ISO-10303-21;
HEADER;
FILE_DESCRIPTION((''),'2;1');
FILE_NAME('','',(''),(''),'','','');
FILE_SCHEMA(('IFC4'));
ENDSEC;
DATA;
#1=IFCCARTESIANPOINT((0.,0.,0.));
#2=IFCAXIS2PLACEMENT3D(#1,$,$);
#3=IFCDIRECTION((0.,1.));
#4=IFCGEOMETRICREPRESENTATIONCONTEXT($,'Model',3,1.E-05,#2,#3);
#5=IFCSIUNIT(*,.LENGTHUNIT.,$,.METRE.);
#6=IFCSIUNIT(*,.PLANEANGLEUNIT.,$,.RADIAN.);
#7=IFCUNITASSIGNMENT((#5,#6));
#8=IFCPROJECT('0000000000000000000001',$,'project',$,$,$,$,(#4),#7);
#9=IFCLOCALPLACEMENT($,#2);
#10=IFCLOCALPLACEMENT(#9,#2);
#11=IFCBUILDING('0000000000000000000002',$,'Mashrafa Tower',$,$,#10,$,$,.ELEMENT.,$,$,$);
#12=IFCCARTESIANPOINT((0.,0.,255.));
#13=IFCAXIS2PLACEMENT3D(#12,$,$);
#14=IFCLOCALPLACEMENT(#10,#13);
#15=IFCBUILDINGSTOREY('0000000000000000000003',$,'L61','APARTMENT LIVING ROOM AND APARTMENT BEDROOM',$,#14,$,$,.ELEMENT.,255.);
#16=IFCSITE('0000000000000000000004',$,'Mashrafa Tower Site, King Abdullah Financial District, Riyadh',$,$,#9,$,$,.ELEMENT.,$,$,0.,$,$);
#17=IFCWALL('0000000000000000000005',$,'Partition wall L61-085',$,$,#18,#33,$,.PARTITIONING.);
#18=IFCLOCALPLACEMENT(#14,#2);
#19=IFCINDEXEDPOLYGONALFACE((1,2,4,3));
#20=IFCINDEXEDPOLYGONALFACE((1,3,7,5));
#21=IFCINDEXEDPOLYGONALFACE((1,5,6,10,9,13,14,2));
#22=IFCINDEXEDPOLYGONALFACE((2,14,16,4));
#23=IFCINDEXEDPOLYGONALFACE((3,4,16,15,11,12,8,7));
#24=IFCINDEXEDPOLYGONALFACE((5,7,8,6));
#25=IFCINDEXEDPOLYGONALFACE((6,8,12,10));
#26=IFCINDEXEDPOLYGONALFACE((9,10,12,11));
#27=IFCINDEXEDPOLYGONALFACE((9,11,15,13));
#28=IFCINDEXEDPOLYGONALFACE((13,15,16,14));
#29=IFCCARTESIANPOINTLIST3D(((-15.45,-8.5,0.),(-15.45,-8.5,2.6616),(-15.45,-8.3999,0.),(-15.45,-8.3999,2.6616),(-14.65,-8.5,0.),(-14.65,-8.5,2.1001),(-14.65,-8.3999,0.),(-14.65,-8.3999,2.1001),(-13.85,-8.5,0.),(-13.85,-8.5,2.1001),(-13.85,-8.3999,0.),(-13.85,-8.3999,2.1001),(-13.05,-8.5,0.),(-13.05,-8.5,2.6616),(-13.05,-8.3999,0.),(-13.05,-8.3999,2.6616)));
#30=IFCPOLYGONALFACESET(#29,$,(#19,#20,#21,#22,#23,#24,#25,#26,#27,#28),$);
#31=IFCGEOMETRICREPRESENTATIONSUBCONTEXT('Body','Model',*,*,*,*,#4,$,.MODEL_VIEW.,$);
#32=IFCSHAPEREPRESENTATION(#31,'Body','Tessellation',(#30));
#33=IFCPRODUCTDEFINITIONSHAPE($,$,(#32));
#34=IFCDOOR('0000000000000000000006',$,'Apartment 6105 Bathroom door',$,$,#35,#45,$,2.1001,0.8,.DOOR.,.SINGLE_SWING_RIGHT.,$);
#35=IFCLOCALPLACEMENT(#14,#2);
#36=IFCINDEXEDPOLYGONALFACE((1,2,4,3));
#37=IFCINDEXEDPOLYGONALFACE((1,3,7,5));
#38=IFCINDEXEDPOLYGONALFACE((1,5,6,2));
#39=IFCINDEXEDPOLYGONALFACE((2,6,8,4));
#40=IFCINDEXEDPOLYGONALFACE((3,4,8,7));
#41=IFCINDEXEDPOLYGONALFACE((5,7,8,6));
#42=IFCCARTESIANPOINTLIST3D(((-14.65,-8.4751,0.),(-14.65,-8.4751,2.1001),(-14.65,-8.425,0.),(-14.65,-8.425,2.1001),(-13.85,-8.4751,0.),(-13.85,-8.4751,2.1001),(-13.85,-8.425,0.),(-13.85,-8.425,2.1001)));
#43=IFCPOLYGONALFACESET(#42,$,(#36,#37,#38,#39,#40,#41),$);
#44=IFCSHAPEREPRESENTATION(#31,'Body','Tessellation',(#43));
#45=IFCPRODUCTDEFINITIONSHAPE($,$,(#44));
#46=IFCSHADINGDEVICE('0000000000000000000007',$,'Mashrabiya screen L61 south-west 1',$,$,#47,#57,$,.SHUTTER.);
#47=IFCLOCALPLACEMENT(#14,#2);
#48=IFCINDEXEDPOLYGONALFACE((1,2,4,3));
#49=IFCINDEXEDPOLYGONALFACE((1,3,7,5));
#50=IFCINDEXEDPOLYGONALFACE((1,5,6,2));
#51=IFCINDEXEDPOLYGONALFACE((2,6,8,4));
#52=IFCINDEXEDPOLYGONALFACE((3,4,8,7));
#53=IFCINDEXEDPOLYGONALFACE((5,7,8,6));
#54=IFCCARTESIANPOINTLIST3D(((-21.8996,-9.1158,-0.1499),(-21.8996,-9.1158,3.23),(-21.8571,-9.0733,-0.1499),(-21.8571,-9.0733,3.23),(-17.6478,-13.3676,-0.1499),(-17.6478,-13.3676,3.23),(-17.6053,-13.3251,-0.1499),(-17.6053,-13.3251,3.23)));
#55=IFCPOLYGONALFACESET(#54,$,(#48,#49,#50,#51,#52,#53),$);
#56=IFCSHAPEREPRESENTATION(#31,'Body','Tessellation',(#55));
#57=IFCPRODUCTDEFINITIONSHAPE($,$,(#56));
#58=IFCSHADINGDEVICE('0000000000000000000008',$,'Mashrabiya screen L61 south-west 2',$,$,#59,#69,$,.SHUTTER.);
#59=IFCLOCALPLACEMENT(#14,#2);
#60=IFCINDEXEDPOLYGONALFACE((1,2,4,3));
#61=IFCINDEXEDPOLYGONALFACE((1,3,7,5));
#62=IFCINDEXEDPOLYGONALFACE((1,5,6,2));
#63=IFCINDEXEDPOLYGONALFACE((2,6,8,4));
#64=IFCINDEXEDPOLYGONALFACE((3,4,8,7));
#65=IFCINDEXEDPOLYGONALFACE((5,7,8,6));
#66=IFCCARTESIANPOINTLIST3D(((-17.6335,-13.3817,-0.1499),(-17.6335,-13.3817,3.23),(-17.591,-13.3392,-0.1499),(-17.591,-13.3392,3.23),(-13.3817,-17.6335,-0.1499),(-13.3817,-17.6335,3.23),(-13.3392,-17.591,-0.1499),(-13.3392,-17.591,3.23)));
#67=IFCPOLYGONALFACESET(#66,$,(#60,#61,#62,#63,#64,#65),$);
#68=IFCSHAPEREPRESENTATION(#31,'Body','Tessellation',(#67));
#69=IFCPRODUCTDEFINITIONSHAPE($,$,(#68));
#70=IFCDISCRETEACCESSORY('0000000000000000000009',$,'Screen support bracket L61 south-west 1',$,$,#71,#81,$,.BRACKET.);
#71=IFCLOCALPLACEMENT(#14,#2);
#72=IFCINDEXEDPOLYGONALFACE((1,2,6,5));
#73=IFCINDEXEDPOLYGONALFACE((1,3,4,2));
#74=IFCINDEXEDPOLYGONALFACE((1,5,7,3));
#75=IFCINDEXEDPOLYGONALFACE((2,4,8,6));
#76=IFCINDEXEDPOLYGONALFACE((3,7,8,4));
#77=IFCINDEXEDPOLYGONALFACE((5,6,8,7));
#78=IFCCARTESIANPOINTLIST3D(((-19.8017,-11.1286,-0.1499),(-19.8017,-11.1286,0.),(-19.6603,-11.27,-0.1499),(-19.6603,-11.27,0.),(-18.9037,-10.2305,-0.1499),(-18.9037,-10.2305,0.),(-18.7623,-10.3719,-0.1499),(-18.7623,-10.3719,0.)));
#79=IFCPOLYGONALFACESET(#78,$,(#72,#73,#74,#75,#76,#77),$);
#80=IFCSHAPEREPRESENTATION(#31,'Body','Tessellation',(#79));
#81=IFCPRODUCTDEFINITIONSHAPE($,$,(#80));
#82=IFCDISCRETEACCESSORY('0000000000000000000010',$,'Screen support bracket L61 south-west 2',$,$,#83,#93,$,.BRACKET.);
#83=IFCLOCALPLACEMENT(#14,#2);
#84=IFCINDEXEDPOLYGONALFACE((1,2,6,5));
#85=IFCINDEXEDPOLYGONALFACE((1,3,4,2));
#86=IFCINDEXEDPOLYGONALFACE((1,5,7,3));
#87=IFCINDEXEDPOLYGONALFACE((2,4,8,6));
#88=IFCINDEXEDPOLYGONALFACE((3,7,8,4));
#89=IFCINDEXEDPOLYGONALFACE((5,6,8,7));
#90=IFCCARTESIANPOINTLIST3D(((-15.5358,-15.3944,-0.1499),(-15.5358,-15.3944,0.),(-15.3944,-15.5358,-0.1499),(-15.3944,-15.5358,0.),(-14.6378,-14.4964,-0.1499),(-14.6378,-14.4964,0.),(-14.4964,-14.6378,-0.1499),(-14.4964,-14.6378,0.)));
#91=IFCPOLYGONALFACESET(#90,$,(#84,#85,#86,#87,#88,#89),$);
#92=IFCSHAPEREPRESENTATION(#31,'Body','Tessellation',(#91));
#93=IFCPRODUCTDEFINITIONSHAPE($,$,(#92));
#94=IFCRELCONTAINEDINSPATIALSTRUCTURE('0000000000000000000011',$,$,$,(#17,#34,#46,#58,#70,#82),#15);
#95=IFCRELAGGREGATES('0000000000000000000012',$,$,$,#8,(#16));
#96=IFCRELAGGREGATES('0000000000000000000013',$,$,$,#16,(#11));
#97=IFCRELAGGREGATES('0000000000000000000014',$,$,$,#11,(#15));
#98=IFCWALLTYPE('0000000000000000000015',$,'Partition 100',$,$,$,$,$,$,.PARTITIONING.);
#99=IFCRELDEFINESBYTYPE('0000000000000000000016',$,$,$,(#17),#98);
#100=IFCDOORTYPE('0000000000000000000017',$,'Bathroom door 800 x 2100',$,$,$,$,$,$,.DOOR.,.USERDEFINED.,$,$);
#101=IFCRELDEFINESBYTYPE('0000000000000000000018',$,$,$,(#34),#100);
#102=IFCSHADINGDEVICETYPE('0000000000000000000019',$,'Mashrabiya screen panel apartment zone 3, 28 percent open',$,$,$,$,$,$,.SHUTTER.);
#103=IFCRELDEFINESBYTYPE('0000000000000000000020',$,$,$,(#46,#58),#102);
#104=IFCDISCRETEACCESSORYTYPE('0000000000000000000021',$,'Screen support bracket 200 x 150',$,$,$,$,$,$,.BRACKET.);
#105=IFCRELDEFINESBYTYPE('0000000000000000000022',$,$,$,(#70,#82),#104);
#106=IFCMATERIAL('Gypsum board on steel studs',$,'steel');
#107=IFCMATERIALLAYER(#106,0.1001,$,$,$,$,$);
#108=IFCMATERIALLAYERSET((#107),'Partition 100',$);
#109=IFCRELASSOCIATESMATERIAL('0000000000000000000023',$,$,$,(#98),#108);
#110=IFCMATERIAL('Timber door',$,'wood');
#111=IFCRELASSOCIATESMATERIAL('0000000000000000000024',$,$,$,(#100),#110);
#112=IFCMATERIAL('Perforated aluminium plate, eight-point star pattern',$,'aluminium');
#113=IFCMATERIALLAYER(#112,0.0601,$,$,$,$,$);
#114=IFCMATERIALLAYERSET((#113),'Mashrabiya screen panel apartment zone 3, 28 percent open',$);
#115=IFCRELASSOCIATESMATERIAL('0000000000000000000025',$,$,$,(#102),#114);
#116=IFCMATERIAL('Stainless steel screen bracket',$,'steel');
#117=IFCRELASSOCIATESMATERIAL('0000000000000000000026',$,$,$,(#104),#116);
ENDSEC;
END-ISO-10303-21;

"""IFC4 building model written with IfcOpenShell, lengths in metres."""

from ifc_helpers import new_model, si_unit, direction, frame, frame_2d, origin, origin_2d, place, context, subcontext, project, spatial, rectangle, extrude, source, transform, mapped, material, layer, layer_set, type_object, type_shapes, element, fill, save


model = new_model("IFC4")

# Units and contexts
model_context = context("Model", 3, precision=1e-05, world=origin(), true_north=direction((0.0, 1.0)))
body_context = subcontext(model_context, "Body", "Model", "MODEL_VIEW")
ifc_project = project(units=[si_unit("LENGTHUNIT", "METRE"), si_unit("PLANEANGLEUNIT", "RADIAN")], contexts=[model_context])

# Site, building, storey
site_placement = place(None, origin())
site = spatial("IfcSite", under=ifc_project, at=site_placement, Name="Mashrafa Tower Site, King Abdullah Financial District, Riyadh", CompositionType="ELEMENT", RefElevation=0.0)
building_placement = place(site_placement, origin())
building = spatial("IfcBuilding", under=site, at=building_placement, Name="Mashrafa Tower", CompositionType="ELEMENT")
storey_placement = place(building_placement, frame((0.0, 0.0, 255.0)))
storey = spatial("IfcBuildingStorey", under=building, at=storey_placement, Name="L61", Description="APARTMENT LIVING ROOM AND APARTMENT BEDROOM", CompositionType="ELEMENT", Elevation=255.0)

# Shared definitions
ifc_material_1 = material(Name="Gypsum board on steel studs", Category="steel")
ifc_layer_1 = layer(ifc_material_1, 0.1001)
ifc_layer_set_1 = layer_set([ifc_layer_1], Name="Partition 100")
wall_type_1 = type_object("IfcWallType", Name="Partition 100", PredefinedType="PARTITIONING", material=ifc_layer_set_1)

# Wall, opening, door
wall_1_placement = place(storey_placement, frame((-15.45, -8.45, 0.0), z_axis=(0.0, 0.0, 1.0), x_axis=(1.0, 0.0, 0.0)))
wall_1 = element("IfcWall", 1, at=wall_1_placement, inside=storey, type_object=wall_type_1, Name="Partition wall L61-085", PredefinedType="PARTITIONING", context=body_context, shape_type="SweptSolid", body=[
    extrude(rectangle(XDim=2.3999, YDim=0.1001, at=frame_2d((1.2, 0.0))), origin(), (0.0, 0.0, 1.0), 2.6616),
])
opening_1_placement = place(wall_1_placement, frame((0.8, 0.0, 0.0)))
opening_1 = element("IfcOpeningElement", 2, at=opening_1_placement, cuts=wall_1, PredefinedType="OPENING", context=body_context, shape_type="SweptSolid", body=[
    extrude(rectangle(XDim=0.8, YDim=2.1001, at=frame_2d((0.3999, 1.05))), frame((0.0, 0.0601, 0.0), z_axis=(0.0, -1.0, 0.0), x_axis=(1.0, 0.0, 0.0)), (0.0, 0.0, 1.0), 0.1201),
])
ifc_material_2 = material(Name="Timber door", Category="wood")
door_type_1 = type_object("IfcDoorType", Name="Bathroom door 800 x 2100", OperationType="USERDEFINED", PredefinedType="DOOR", material=ifc_material_2)
door_1_placement = place(opening_1_placement, origin())
door_1 = element("IfcDoor", 3, at=door_1_placement, inside=storey, type_object=door_type_1, Name="Apartment 6105 Bathroom door", OperationType="SINGLE_SWING_RIGHT", OverallHeight=2.1001, OverallWidth=0.8, PredefinedType="DOOR", context=body_context, shape_type="SweptSolid", body=[
    extrude(rectangle(XDim=0.8, YDim=2.1001, at=frame_2d((0.3999, 1.05))), frame((0.0, 0.0249, 0.0), z_axis=(0.0, -1.0, 0.0), x_axis=(1.0, 0.0, 0.0)), (0.0, 0.0, 1.0), 0.05),
])
fill(opening_1, door_1)

# Shading devices
ifc_material_3 = material(Name="Perforated aluminium plate, eight-point star pattern", Category="aluminium")
ifc_layer_2 = layer(ifc_material_3, 0.0601)
ifc_layer_set_2 = layer_set([ifc_layer_2], Name="Mashrabiya screen panel apartment zone 3, 28 percent open")
shading_device_type = type_object("IfcShadingDeviceType", Name="Mashrabiya screen panel apartment zone 3, 28 percent open", PredefinedType="SHUTTER", material=ifc_layer_set_2)
shared_shape_1 = source(origin(), body_context, "Body", "SweptSolid", [
    extrude(rectangle(XDim=6.0129, YDim=0.0601, at=origin_2d()), origin(), (0.0, 0.0, 1.0), 3.3799),
])
type_shapes(shading_device_type, [shared_shape_1])
for number, where, z_axis, x_axis, name in (
    (4, (-19.7524, -11.2205, -0.1499), (0.0, 0.0, 1.0), (0.707107, -0.707107, 0.0), "Mashrabiya screen L61 south-west 1"),
    (5, (-15.4863, -15.4863, -0.1499), (0.0, 0.0, 1.0), (0.707107, -0.707107, 0.0), "Mashrabiya screen L61 south-west 2"),
):
    element("IfcShadingDevice", number, at=place(storey_placement, frame(where, z_axis=z_axis, x_axis=x_axis)), inside=storey, type_object=shading_device_type, Name=name, PredefinedType="SHUTTER", context=body_context, shape_type="MappedRepresentation", body=[
        mapped(shared_shape_1, transform((0.0, 0.0, 0.0))),
    ])

# Discrete accessories
ifc_material_4 = material(Name="Stainless steel screen bracket", Category="steel")
discrete_accessory_type = type_object("IfcDiscreteAccessoryType", Name="Screen support bracket 200 x 150", PredefinedType="BRACKET", material=ifc_material_4)
shared_shape_2 = source(origin(), body_context, "Body", "SweptSolid", [
    extrude(rectangle(XDim=0.2, YDim=1.27, at=origin_2d()), origin(), (0.0, 0.0, 1.0), 0.1499),
])
type_shapes(discrete_accessory_type, [shared_shape_2])
for number, where, z_axis, x_axis, name in (
    (6, (-19.282, -10.7502, -0.1499), (0.0, 0.0, 1.0), (0.707107, -0.707107, 0.0), "Screen support bracket L61 south-west 1"),
    (7, (-15.0161, -15.0161, -0.1499), (0.0, 0.0, 1.0), (0.707107, -0.707107, 0.0), "Screen support bracket L61 south-west 2"),
):
    element("IfcDiscreteAccessory", number, at=place(storey_placement, frame(where, z_axis=z_axis, x_axis=x_axis)), inside=storey, type_object=discrete_accessory_type, Name=name, PredefinedType="BRACKET", context=body_context, shape_type="MappedRepresentation", body=[
        mapped(shared_shape_2, transform((0.0, 0.0, 0.0))),
    ])

save(model, "model.ifc")
